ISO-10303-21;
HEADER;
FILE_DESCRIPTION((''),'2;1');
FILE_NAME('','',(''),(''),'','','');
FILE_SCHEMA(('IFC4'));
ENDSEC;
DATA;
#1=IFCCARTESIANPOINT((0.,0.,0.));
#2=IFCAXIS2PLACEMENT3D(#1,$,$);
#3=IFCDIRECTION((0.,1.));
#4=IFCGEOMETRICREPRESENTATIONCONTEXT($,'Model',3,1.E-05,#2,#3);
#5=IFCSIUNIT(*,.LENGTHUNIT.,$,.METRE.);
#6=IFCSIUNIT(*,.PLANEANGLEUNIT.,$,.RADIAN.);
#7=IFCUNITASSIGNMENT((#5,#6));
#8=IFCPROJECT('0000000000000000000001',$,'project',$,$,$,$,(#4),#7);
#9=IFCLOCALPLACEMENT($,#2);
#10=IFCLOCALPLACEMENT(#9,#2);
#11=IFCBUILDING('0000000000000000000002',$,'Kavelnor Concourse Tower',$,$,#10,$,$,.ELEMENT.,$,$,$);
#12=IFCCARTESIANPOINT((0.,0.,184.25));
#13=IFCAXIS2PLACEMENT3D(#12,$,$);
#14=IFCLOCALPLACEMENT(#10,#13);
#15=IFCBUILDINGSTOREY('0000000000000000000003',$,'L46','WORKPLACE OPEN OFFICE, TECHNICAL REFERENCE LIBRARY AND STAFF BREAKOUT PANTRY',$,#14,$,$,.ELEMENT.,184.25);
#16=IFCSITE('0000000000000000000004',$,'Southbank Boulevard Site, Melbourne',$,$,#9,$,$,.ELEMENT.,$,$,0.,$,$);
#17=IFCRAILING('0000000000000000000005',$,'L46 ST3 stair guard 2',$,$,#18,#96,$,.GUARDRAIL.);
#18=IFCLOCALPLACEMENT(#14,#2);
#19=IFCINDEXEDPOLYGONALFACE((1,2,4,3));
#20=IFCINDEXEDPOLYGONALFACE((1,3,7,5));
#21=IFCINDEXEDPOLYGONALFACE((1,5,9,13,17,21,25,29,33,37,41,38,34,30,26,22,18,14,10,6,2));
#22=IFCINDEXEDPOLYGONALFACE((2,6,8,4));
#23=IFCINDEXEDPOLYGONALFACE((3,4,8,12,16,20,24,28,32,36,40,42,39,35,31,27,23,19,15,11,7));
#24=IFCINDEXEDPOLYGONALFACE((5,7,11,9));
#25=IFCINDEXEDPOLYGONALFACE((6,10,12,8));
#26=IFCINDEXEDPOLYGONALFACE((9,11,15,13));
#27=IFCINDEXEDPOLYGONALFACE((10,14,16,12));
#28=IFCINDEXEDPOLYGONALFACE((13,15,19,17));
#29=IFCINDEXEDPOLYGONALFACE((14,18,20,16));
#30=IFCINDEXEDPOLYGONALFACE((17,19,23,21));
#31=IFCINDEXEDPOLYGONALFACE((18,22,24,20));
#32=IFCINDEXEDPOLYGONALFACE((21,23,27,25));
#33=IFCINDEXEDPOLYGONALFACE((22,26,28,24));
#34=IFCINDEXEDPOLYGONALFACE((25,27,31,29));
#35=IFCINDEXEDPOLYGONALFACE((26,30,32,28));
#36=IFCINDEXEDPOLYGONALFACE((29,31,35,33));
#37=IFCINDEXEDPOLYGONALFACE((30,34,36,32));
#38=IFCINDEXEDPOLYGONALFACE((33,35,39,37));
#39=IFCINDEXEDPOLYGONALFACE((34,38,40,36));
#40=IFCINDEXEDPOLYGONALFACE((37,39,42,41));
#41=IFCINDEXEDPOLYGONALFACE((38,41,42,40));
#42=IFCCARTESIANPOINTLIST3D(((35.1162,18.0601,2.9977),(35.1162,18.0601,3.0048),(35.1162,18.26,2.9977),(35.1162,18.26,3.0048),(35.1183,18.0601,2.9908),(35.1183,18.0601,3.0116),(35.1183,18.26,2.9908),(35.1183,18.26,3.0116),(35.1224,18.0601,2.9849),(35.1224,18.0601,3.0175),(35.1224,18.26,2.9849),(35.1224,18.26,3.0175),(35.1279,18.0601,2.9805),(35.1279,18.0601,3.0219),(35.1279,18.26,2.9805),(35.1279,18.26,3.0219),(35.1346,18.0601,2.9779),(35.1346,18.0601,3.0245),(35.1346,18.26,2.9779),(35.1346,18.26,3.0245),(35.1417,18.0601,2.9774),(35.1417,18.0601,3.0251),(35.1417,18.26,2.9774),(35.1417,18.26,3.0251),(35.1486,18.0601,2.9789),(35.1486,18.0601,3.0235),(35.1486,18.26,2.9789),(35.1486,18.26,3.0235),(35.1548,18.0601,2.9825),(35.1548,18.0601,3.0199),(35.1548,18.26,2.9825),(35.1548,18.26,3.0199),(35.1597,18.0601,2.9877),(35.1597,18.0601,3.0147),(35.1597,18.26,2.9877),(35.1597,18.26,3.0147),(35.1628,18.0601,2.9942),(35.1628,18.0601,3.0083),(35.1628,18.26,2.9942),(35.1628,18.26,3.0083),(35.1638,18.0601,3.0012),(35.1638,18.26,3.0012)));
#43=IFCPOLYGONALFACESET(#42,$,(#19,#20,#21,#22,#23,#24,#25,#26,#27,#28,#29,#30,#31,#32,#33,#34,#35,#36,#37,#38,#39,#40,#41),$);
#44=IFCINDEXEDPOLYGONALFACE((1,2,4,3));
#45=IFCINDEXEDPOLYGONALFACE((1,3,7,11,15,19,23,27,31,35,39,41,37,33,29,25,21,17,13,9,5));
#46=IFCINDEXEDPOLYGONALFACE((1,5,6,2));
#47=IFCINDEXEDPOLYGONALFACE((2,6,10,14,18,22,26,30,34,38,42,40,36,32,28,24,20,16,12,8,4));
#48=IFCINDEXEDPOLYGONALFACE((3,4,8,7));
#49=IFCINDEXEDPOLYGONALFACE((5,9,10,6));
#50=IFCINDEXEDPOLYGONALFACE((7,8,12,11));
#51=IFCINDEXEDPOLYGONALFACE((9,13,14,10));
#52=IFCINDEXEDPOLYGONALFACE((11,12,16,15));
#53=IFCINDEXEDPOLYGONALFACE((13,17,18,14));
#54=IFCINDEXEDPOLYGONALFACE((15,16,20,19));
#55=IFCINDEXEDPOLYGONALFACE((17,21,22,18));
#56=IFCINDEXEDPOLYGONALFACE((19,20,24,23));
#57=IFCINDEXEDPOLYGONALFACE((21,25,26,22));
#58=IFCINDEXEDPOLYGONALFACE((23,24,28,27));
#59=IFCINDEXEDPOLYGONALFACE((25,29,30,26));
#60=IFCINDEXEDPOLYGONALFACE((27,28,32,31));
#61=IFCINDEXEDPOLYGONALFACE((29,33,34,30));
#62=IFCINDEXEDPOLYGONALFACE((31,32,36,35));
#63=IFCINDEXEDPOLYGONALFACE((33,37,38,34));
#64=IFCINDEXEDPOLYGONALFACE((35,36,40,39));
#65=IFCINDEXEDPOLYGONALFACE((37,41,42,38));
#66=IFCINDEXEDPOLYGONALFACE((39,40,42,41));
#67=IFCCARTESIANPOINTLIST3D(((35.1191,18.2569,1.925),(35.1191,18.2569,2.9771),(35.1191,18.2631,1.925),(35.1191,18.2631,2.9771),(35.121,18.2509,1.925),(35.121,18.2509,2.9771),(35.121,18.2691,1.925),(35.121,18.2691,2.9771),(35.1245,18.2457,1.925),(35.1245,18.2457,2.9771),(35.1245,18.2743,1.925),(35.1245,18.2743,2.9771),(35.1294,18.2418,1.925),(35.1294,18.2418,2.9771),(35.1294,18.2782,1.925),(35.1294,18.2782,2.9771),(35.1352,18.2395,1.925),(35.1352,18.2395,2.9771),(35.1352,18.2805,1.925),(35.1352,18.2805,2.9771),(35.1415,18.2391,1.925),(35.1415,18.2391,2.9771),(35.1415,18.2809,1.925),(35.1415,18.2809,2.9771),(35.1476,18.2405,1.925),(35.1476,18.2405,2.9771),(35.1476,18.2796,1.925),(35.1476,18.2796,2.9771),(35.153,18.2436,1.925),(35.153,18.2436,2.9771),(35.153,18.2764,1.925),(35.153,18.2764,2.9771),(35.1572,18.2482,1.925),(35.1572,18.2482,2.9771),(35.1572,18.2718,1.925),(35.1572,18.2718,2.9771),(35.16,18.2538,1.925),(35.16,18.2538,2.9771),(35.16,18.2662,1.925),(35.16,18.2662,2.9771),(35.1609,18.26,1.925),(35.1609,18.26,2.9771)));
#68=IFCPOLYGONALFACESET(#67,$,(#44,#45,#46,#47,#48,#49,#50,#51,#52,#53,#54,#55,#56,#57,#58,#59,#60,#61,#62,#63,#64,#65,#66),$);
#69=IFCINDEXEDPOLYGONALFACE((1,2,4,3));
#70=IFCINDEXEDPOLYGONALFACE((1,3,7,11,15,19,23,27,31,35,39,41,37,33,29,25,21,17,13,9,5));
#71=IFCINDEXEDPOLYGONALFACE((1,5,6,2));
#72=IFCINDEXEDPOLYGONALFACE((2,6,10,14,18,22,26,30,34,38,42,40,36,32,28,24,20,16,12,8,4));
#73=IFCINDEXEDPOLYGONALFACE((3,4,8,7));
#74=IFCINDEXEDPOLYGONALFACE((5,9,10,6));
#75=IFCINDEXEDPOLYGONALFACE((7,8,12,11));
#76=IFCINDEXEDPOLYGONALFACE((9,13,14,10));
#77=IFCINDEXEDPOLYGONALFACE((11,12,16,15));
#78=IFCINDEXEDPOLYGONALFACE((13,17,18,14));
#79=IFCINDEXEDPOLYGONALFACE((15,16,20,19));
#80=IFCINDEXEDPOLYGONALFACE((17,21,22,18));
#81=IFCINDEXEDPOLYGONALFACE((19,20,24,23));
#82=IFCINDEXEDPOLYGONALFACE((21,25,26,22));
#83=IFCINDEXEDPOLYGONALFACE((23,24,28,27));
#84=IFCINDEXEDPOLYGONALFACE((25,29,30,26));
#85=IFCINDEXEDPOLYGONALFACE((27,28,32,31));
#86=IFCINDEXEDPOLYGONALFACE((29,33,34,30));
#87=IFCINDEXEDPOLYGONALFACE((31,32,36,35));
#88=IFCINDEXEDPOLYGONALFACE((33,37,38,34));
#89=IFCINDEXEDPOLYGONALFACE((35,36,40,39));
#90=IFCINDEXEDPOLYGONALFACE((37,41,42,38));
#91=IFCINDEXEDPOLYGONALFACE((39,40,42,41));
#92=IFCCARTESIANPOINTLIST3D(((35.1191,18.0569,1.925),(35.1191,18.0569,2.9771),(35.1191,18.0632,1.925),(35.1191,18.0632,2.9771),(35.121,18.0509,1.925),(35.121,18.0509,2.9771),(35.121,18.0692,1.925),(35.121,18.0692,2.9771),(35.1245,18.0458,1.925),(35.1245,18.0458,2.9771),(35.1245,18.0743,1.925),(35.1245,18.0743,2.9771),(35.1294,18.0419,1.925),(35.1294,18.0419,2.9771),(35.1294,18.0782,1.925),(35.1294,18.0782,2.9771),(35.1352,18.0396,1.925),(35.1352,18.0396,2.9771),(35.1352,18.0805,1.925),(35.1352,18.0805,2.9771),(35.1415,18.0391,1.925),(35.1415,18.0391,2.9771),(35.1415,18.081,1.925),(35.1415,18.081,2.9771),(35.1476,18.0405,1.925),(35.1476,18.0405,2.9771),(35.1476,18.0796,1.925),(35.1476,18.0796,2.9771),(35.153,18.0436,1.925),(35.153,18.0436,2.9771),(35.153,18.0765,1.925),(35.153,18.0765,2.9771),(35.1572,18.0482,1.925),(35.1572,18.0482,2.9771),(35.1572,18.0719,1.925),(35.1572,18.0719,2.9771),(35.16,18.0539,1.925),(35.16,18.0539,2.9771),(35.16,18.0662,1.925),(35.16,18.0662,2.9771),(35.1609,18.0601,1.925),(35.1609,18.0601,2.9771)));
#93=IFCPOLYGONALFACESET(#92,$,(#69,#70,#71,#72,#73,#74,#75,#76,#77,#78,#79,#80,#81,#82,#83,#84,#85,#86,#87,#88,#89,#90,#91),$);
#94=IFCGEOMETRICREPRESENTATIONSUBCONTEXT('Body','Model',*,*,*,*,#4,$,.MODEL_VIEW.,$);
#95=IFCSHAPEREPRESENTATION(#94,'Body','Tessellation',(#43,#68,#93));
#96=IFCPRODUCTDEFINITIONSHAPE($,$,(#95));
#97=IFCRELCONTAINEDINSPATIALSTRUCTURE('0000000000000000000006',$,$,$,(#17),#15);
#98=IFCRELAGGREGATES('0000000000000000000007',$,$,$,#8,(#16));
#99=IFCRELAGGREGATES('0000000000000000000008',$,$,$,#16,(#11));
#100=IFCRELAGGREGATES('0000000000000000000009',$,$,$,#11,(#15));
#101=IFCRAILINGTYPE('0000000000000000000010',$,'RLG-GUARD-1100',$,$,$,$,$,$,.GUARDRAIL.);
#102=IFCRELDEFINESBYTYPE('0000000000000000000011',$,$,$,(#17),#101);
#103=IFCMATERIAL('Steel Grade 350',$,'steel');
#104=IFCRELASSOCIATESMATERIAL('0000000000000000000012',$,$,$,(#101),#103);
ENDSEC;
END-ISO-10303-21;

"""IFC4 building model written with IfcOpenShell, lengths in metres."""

from ifc_helpers import new_model, si_unit, direction, frame, origin, origin_2d, place, context, subcontext, project, spatial, circle, extrude, material, type_object, element, save


model = new_model("IFC4")

# Units and contexts
model_context = context("Model", 3, precision=1e-05, world=origin(), true_north=direction((0.0, 1.0)))
body_context = subcontext(model_context, "Body", "Model", "MODEL_VIEW")
ifc_project = project(units=[si_unit("LENGTHUNIT", "METRE"), si_unit("PLANEANGLEUNIT", "RADIAN")], contexts=[model_context])

# Site, building, storey
site_placement = place(None, origin())
site = spatial("IfcSite", under=ifc_project, at=site_placement, Name="Southbank Boulevard Site, Melbourne", CompositionType="ELEMENT", RefElevation=0.0)
building_placement = place(site_placement, origin())
building = spatial("IfcBuilding", under=site, at=building_placement, Name="Kavelnor Concourse Tower", CompositionType="ELEMENT")
storey_placement = place(building_placement, frame((0.0, 0.0, 184.25)))
storey = spatial("IfcBuildingStorey", under=building, at=storey_placement, Name="L46", Description="WORKPLACE OPEN OFFICE, TECHNICAL REFERENCE LIBRARY AND STAFF BREAKOUT PANTRY", CompositionType="ELEMENT", Elevation=184.25)

# Shared definitions
ifc_material_1 = material(Name="Steel Grade 350", Category="steel")

# Railing
railing_type = type_object("IfcRailingType", Name="RLG-GUARD-1100", PredefinedType="GUARDRAIL", material=ifc_material_1)
railing_1_placement = place(storey_placement, frame((35.1399, 18.26, 1.925)))
element("IfcRailing", 1, at=railing_1_placement, inside=storey, type_object=railing_type, Name="L46 ST3 stair guard 2", PredefinedType="GUARDRAIL", context=body_context, shape_type="SweptSolid", body=[
    extrude(circle(Radius=0.0239, at=origin_2d()), frame((0.0, 0.0, 1.0762), z_axis=(0.0, -1.0, 0.0), x_axis=(1.0, 0.0, 0.0)), (0.0, 0.0, 1.0), 0.2),
    extrude(circle(Radius=0.021, at=origin_2d()), origin(), (0.0, 0.0, 1.0), 1.052),
    extrude(circle(Radius=0.021, at=origin_2d()), frame((0.0, -0.2, 0.0)), (0.0, 0.0, 1.0), 1.052),
])

save(model, "model.ifc")
